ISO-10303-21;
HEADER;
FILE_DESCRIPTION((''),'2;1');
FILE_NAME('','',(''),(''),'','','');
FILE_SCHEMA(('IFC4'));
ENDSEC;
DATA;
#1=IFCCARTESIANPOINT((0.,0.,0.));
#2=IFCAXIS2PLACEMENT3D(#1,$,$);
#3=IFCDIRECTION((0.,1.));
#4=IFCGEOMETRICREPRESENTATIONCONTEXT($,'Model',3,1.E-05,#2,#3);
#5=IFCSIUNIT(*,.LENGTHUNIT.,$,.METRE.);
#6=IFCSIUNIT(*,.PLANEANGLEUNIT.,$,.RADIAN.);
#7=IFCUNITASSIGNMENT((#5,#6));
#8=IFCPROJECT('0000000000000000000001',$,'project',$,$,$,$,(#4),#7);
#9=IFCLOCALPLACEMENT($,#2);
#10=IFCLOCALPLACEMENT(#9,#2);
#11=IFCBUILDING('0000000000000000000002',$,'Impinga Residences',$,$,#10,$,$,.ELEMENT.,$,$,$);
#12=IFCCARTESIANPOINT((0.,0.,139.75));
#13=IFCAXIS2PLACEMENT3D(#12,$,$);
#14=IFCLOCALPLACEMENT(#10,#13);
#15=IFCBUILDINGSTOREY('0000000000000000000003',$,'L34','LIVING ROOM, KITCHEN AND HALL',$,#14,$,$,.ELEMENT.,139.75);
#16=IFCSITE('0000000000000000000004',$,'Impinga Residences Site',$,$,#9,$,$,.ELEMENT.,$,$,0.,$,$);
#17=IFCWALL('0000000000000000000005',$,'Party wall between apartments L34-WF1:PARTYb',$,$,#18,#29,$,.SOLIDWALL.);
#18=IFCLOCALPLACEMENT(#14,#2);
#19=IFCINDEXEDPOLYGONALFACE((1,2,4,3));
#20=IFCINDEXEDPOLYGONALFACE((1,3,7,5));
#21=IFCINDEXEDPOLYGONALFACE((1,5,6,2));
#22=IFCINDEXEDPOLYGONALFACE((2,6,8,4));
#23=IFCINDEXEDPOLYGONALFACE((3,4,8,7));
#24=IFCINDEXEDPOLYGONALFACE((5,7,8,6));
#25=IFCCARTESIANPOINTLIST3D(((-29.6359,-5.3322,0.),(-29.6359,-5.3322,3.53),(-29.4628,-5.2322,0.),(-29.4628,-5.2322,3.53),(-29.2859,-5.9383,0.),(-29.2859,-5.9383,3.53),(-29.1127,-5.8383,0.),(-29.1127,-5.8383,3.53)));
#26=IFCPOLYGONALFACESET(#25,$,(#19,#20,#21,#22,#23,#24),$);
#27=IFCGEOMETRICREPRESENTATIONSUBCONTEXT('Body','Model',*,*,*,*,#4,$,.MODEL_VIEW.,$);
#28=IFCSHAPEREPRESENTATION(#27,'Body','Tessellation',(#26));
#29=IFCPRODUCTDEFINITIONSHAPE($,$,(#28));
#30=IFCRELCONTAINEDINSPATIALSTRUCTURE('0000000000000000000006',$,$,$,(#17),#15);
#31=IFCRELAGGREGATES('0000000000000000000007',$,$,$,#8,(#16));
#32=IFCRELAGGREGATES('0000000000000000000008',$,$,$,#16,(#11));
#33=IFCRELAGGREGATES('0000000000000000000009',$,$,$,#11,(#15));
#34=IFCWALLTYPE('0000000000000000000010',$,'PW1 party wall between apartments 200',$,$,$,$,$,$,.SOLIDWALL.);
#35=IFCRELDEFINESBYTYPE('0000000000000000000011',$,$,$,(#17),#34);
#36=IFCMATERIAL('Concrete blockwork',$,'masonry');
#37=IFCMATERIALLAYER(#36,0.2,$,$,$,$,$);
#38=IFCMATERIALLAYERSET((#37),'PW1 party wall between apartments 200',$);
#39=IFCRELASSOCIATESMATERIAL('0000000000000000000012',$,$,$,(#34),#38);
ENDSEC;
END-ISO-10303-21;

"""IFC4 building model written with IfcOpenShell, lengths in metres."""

from ifc_helpers import new_model, si_unit, direction, frame, frame_2d, origin, place, context, subcontext, project, spatial, rectangle, extrude, material, layer, layer_set, type_object, element, save


model = new_model("IFC4")

# Units and contexts
model_context = context("Model", 3, precision=1e-05, world=origin(), true_north=direction((0.0, 1.0)))
body_context = subcontext(model_context, "Body", "Model", "MODEL_VIEW")
ifc_project = project(units=[si_unit("LENGTHUNIT", "METRE"), si_unit("PLANEANGLEUNIT", "RADIAN")], contexts=[model_context])

# Site, building, storey
site_placement = place(None, origin())
site = spatial("IfcSite", under=ifc_project, at=site_placement, Name="Impinga Residences Site", CompositionType="ELEMENT", RefElevation=0.0)
building_placement = place(site_placement, origin())
building = spatial("IfcBuilding", under=site, at=building_placement, Name="Impinga Residences", CompositionType="ELEMENT")
storey_placement = place(building_placement, frame((0.0, 0.0, 139.75)))
storey = spatial("IfcBuildingStorey", under=building, at=storey_placement, Name="L34", Description="LIVING ROOM, KITCHEN AND HALL", CompositionType="ELEMENT", Elevation=139.75)

# Wall
ifc_material_1 = material(Name="Concrete blockwork", Category="masonry")
ifc_layer_1 = layer(ifc_material_1, 0.2)
ifc_layer_set_1 = layer_set([ifc_layer_1], Name="PW1 party wall between apartments 200")
wall_type_1 = type_object("IfcWallType", Name="PW1 party wall between apartments 200", PredefinedType="SOLIDWALL", material=ifc_layer_set_1)
wall_1_placement = place(storey_placement, frame((-29.1992, -5.8884, 0.0), z_axis=(0.0, 0.0, 1.0), x_axis=(-0.500115, 0.865959, 0.0)))
element("IfcWall", 1, at=wall_1_placement, inside=storey, type_object=wall_type_1, Name="Party wall between apartments L34-WF1:PARTYb", PredefinedType="SOLIDWALL", context=body_context, shape_type="SweptSolid", body=[
    extrude(rectangle(XDim=0.7, YDim=0.2, at=frame_2d((0.3501, 0.0))), origin(), (0.0, 0.0, 1.0), 3.53),
])

save(model, "model.ifc")
